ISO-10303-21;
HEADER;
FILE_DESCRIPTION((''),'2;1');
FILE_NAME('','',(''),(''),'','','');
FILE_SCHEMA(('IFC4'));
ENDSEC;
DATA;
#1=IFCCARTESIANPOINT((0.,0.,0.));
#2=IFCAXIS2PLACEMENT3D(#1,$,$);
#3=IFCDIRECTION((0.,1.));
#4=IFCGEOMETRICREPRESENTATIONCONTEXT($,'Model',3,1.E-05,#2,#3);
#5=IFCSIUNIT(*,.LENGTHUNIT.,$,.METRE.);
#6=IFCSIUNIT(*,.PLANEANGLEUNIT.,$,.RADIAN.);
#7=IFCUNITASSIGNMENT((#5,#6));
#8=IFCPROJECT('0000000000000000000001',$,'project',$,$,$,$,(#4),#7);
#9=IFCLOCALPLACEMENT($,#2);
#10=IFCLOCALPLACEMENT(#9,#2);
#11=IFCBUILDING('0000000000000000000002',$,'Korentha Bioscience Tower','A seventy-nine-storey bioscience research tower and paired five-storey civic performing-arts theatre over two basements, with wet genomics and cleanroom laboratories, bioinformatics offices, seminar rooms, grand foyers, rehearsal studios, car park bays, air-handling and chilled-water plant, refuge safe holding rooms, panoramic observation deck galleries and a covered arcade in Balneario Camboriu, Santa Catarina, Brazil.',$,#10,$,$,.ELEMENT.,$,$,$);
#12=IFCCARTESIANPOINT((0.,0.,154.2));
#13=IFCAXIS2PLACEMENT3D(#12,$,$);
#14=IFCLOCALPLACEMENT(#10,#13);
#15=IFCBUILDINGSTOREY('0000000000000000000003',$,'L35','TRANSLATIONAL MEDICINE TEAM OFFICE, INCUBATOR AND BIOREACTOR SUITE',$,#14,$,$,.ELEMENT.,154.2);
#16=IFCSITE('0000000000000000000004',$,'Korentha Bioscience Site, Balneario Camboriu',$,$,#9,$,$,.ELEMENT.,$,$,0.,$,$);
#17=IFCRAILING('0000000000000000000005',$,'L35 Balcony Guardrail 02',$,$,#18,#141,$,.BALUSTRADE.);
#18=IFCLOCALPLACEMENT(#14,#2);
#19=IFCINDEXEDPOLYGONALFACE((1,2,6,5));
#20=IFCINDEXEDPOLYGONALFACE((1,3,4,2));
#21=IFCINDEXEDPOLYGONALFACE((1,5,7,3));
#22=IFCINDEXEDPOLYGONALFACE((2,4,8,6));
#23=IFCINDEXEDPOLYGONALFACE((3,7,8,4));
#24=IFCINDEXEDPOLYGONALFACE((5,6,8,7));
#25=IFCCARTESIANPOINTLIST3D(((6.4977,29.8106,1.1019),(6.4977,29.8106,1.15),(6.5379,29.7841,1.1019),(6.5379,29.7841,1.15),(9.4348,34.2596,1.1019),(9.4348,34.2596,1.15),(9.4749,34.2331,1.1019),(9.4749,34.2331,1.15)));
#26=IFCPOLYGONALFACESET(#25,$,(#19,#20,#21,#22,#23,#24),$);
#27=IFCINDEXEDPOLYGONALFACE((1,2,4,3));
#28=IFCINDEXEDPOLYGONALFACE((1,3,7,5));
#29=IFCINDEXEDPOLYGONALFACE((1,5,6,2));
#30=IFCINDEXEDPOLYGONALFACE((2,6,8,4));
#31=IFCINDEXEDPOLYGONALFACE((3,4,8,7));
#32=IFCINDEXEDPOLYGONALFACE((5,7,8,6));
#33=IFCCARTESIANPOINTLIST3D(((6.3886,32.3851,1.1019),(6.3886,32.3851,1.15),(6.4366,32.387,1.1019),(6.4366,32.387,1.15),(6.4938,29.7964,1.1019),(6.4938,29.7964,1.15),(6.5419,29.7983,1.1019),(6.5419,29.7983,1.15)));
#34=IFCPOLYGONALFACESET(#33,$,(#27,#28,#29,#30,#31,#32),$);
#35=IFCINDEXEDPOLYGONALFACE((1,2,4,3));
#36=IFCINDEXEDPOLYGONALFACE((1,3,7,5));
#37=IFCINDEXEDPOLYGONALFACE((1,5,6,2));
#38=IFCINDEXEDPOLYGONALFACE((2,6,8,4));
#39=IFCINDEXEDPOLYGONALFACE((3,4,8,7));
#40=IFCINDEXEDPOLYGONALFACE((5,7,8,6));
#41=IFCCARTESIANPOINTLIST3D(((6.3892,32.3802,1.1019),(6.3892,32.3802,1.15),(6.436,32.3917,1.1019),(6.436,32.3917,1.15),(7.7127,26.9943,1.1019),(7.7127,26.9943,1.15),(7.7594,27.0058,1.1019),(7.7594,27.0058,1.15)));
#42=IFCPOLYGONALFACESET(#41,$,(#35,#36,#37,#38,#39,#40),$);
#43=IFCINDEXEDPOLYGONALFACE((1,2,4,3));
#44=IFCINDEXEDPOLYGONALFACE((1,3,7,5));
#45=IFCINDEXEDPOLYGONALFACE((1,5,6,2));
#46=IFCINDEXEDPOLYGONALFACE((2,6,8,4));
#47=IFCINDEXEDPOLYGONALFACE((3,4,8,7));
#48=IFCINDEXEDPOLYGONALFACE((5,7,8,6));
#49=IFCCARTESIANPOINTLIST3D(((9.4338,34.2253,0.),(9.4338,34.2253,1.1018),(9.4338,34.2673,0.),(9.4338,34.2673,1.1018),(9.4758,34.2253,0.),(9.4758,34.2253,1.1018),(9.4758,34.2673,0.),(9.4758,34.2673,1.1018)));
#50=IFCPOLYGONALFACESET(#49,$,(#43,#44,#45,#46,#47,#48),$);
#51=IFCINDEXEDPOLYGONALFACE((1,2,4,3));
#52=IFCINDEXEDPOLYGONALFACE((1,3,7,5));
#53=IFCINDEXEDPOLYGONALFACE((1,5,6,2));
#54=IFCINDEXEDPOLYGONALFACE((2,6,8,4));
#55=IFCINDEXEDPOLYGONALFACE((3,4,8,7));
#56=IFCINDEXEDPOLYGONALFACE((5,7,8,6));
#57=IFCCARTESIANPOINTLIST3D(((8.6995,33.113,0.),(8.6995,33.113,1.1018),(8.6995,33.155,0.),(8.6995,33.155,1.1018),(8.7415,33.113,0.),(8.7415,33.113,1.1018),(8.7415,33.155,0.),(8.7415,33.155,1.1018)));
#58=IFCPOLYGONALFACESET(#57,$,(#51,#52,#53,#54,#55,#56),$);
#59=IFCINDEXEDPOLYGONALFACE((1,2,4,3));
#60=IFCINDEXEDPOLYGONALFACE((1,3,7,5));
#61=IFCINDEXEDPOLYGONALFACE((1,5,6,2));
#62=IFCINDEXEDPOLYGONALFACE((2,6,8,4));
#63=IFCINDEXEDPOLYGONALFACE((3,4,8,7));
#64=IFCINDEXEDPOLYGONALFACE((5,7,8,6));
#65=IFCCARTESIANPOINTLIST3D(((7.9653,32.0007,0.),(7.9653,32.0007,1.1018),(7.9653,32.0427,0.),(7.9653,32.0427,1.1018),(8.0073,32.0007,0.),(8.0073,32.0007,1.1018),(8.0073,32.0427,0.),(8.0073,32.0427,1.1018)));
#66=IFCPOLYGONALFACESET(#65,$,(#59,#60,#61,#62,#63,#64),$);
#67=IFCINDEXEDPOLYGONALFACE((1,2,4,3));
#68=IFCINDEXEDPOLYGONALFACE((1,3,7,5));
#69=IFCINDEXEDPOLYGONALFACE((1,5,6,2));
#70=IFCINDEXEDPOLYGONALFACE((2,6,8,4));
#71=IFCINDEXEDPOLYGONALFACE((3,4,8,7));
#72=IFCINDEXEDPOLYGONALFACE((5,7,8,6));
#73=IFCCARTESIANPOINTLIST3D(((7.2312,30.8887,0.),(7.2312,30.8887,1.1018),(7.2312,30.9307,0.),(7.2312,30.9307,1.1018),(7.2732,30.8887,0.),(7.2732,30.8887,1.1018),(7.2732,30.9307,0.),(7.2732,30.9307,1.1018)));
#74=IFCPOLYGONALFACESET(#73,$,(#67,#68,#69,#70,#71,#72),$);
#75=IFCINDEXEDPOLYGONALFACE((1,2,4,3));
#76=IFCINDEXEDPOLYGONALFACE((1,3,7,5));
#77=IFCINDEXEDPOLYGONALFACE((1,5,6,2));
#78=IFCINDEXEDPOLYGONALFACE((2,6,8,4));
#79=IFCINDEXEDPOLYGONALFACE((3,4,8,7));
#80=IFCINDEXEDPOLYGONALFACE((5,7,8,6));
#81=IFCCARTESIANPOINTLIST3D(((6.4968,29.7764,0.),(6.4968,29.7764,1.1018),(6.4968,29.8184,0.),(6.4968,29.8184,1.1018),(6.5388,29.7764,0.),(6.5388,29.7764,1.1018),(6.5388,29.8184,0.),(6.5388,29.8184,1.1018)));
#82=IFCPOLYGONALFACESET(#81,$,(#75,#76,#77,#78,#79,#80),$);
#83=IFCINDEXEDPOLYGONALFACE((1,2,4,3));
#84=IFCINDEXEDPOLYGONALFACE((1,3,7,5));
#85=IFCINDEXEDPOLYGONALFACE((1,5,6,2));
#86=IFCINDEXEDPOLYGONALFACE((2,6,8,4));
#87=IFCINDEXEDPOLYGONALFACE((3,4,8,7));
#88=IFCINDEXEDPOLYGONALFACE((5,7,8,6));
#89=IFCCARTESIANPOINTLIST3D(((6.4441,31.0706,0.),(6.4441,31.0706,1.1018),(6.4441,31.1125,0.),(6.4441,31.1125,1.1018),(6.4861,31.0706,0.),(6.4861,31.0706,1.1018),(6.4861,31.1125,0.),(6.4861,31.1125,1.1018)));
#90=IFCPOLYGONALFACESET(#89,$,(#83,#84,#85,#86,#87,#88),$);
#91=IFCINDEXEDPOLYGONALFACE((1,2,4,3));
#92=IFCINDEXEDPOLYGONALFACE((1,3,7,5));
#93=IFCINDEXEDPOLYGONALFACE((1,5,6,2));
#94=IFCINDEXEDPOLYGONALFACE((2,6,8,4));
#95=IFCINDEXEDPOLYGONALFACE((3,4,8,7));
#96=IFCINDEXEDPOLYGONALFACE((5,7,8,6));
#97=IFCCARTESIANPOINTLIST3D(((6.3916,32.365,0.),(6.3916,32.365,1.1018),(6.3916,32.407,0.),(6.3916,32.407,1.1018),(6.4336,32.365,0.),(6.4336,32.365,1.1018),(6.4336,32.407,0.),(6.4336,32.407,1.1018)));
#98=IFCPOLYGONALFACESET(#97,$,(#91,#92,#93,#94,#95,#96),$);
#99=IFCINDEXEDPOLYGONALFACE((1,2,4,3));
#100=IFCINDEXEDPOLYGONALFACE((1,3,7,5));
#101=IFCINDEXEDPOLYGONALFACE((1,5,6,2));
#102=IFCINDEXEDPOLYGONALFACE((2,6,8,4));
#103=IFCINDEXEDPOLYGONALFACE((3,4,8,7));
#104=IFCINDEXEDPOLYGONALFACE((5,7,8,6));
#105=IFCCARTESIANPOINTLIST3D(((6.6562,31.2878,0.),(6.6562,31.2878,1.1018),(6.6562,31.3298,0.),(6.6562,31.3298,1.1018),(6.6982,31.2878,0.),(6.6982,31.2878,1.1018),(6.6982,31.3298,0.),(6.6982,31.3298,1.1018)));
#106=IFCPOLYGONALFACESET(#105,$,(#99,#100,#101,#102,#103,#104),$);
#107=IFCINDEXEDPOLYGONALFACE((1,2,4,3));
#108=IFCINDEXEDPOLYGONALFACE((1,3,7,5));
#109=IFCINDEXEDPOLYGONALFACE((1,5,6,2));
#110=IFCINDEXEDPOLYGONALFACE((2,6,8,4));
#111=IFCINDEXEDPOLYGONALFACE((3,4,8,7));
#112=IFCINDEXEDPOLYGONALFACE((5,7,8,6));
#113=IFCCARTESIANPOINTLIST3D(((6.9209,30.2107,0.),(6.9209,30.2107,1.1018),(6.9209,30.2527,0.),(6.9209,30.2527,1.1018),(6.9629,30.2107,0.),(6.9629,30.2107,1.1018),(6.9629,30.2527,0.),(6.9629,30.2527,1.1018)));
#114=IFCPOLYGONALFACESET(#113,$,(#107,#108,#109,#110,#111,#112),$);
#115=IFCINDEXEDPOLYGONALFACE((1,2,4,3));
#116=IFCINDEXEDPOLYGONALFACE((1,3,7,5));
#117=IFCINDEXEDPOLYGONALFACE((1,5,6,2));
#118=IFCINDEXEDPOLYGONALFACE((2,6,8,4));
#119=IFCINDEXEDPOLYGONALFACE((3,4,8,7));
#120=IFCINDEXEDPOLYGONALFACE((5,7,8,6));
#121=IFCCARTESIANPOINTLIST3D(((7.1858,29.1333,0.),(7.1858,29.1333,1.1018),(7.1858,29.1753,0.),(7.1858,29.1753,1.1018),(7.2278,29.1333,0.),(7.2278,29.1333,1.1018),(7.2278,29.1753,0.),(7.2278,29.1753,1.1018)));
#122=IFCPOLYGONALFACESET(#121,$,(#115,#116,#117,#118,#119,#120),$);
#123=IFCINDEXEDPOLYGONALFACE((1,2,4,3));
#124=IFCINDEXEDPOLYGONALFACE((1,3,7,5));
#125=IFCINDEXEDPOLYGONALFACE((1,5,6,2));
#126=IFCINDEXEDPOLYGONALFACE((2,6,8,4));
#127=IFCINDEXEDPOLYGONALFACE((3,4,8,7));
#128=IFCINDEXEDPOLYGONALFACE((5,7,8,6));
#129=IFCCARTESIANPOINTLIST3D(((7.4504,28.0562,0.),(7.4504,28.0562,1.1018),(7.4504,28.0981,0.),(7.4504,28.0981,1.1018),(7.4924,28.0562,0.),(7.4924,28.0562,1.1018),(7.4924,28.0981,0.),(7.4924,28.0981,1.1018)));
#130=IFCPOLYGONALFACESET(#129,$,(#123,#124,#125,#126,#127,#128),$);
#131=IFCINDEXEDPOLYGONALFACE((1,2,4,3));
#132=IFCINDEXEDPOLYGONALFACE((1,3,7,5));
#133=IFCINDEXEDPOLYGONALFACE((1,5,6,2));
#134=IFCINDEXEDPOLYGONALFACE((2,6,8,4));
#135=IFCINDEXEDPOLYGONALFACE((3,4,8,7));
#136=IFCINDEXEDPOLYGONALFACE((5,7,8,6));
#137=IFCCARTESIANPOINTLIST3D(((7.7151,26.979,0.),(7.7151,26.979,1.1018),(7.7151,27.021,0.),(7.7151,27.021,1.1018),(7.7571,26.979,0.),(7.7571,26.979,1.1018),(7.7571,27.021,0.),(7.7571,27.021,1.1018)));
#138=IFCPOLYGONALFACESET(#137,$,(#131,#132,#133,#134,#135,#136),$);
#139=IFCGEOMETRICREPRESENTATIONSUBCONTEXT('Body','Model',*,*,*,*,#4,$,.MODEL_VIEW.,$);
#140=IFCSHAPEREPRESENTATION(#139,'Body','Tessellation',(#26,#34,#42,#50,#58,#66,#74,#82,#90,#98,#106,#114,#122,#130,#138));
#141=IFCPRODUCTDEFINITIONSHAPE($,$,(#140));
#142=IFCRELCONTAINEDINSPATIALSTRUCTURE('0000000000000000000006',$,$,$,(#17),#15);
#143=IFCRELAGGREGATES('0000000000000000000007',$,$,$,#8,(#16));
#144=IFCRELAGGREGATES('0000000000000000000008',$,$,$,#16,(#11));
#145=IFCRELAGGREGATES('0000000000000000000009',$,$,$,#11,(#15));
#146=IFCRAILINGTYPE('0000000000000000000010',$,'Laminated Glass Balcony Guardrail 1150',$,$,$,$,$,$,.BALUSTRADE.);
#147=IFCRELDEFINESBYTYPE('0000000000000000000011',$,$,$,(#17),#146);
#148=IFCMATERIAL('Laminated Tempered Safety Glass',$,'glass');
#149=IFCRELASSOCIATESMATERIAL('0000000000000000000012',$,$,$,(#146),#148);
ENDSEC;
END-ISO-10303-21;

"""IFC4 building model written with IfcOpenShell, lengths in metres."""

from ifc_helpers import new_model, si_unit, direction, frame, origin, origin_2d, place, context, subcontext, project, spatial, rectangle, extrude, material, type_object, element, save


model = new_model("IFC4")

# Units and contexts
model_context = context("Model", 3, precision=1e-05, world=origin(), true_north=direction((0.0, 1.0)))
body_context = subcontext(model_context, "Body", "Model", "MODEL_VIEW")
ifc_project = project(units=[si_unit("LENGTHUNIT", "METRE"), si_unit("PLANEANGLEUNIT", "RADIAN")], contexts=[model_context])

# Site, building, storey
site_placement = place(None, origin())
site = spatial("IfcSite", under=ifc_project, at=site_placement, Name="Korentha Bioscience Site, Balneario Camboriu", CompositionType="ELEMENT", RefElevation=0.0)
building_placement = place(site_placement, origin())
building = spatial("IfcBuilding", under=site, at=building_placement, Name="Korentha Bioscience Tower", Description="A seventy-nine-storey bioscience research tower and paired five-storey civic performing-arts theatre over two basements, with wet genomics and cleanroom laboratories, bioinformatics offices, seminar rooms, grand foyers, rehearsal studios, car park bays, air-handling and chilled-water plant, refuge safe holding rooms, panoramic observation deck galleries and a covered arcade in Balneario Camboriu, Santa Catarina, Brazil.", CompositionType="ELEMENT")
storey_placement = place(building_placement, frame((0.0, 0.0, 154.2)))
storey = spatial("IfcBuildingStorey", under=building, at=storey_placement, Name="L35", Description="TRANSLATIONAL MEDICINE TEAM OFFICE, INCUBATOR AND BIOREACTOR SUITE", CompositionType="ELEMENT", Elevation=154.2)

# Railing
ifc_material_1 = material(Name="Laminated Tempered Safety Glass", Category="glass")
railing_type = type_object("IfcRailingType", Name="Laminated Glass Balcony Guardrail 1150", PredefinedType="BALUSTRADE", material=ifc_material_1)
railing_placement = place(storey_placement, frame((9.4548, 34.2463, 0.0)))
element("IfcRailing", 1, at=railing_placement, inside=storey, type_object=railing_type, Name="L35 Balcony Guardrail 02", PredefinedType="BALUSTRADE", context=body_context, shape_type="SweptSolid", body=[
    extrude(rectangle(XDim=0.0481, YDim=0.0481, at=origin_2d()), frame((0.0, 0.0, 1.126), z_axis=(-0.550932, -0.83455, 0.0), x_axis=(0.83455, -0.550932, 0.0)), (0.0, 0.0, 1.0), 5.3311),
    extrude(rectangle(XDim=0.0481, YDim=0.0481, at=origin_2d()), frame((-2.937, -4.449, 1.126), z_axis=(-0.040615, 0.999175, 0.0), x_axis=(-0.999175, -0.040615, 0.0)), (0.0, 0.0, 1.0), 2.5908),
    extrude(rectangle(XDim=0.0481, YDim=0.0481, at=origin_2d()), frame((-3.0422, -1.8604, 1.126), z_axis=(0.238629, -0.971111, 0.0), x_axis=(0.971111, 0.238629, 0.0)), (0.0, 0.0, 1.0), 5.5461),
    extrude(rectangle(XDim=0.042, YDim=0.042, at=origin_2d()), origin(), (0.0, 0.0, 1.0), 1.1018),
    extrude(rectangle(XDim=0.042, YDim=0.042, at=origin_2d()), frame((-0.7344, -1.1123, 0.0)), (0.0, 0.0, 1.0), 1.1018),
    extrude(rectangle(XDim=0.042, YDim=0.042, at=origin_2d()), frame((-1.4685, -2.2246, 0.0)), (0.0, 0.0, 1.0), 1.1018),
    extrude(rectangle(XDim=0.042, YDim=0.042, at=origin_2d()), frame((-2.2026, -3.3367, 0.0)), (0.0, 0.0, 1.0), 1.1018),
    extrude(rectangle(XDim=0.042, YDim=0.042, at=origin_2d()), frame((-2.937, -4.449, 0.0)), (0.0, 0.0, 1.0), 1.1018),
    extrude(rectangle(XDim=0.042, YDim=0.042, at=origin_2d()), frame((-2.9897, -3.1548, 0.0)), (0.0, 0.0, 1.0), 1.1018),
    extrude(rectangle(XDim=0.042, YDim=0.042, at=origin_2d()), frame((-3.0422, -1.8604, 0.0)), (0.0, 0.0, 1.0), 1.1018),
    extrude(rectangle(XDim=0.042, YDim=0.042, at=origin_2d()), frame((-2.7776, -2.9375, 0.0)), (0.0, 0.0, 1.0), 1.1018),
    extrude(rectangle(XDim=0.042, YDim=0.042, at=origin_2d()), frame((-2.5129, -4.0146, 0.0)), (0.0, 0.0, 1.0), 1.1018),
    extrude(rectangle(XDim=0.042, YDim=0.042, at=origin_2d()), frame((-2.248, -5.092, 0.0)), (0.0, 0.0, 1.0), 1.1018),
    extrude(rectangle(XDim=0.042, YDim=0.042, at=origin_2d()), frame((-1.9834, -6.1692, 0.0)), (0.0, 0.0, 1.0), 1.1018),
    extrude(rectangle(XDim=0.042, YDim=0.042, at=origin_2d()), frame((-1.7188, -7.2463, 0.0)), (0.0, 0.0, 1.0), 1.1018),
])

save(model, "model.ifc")
